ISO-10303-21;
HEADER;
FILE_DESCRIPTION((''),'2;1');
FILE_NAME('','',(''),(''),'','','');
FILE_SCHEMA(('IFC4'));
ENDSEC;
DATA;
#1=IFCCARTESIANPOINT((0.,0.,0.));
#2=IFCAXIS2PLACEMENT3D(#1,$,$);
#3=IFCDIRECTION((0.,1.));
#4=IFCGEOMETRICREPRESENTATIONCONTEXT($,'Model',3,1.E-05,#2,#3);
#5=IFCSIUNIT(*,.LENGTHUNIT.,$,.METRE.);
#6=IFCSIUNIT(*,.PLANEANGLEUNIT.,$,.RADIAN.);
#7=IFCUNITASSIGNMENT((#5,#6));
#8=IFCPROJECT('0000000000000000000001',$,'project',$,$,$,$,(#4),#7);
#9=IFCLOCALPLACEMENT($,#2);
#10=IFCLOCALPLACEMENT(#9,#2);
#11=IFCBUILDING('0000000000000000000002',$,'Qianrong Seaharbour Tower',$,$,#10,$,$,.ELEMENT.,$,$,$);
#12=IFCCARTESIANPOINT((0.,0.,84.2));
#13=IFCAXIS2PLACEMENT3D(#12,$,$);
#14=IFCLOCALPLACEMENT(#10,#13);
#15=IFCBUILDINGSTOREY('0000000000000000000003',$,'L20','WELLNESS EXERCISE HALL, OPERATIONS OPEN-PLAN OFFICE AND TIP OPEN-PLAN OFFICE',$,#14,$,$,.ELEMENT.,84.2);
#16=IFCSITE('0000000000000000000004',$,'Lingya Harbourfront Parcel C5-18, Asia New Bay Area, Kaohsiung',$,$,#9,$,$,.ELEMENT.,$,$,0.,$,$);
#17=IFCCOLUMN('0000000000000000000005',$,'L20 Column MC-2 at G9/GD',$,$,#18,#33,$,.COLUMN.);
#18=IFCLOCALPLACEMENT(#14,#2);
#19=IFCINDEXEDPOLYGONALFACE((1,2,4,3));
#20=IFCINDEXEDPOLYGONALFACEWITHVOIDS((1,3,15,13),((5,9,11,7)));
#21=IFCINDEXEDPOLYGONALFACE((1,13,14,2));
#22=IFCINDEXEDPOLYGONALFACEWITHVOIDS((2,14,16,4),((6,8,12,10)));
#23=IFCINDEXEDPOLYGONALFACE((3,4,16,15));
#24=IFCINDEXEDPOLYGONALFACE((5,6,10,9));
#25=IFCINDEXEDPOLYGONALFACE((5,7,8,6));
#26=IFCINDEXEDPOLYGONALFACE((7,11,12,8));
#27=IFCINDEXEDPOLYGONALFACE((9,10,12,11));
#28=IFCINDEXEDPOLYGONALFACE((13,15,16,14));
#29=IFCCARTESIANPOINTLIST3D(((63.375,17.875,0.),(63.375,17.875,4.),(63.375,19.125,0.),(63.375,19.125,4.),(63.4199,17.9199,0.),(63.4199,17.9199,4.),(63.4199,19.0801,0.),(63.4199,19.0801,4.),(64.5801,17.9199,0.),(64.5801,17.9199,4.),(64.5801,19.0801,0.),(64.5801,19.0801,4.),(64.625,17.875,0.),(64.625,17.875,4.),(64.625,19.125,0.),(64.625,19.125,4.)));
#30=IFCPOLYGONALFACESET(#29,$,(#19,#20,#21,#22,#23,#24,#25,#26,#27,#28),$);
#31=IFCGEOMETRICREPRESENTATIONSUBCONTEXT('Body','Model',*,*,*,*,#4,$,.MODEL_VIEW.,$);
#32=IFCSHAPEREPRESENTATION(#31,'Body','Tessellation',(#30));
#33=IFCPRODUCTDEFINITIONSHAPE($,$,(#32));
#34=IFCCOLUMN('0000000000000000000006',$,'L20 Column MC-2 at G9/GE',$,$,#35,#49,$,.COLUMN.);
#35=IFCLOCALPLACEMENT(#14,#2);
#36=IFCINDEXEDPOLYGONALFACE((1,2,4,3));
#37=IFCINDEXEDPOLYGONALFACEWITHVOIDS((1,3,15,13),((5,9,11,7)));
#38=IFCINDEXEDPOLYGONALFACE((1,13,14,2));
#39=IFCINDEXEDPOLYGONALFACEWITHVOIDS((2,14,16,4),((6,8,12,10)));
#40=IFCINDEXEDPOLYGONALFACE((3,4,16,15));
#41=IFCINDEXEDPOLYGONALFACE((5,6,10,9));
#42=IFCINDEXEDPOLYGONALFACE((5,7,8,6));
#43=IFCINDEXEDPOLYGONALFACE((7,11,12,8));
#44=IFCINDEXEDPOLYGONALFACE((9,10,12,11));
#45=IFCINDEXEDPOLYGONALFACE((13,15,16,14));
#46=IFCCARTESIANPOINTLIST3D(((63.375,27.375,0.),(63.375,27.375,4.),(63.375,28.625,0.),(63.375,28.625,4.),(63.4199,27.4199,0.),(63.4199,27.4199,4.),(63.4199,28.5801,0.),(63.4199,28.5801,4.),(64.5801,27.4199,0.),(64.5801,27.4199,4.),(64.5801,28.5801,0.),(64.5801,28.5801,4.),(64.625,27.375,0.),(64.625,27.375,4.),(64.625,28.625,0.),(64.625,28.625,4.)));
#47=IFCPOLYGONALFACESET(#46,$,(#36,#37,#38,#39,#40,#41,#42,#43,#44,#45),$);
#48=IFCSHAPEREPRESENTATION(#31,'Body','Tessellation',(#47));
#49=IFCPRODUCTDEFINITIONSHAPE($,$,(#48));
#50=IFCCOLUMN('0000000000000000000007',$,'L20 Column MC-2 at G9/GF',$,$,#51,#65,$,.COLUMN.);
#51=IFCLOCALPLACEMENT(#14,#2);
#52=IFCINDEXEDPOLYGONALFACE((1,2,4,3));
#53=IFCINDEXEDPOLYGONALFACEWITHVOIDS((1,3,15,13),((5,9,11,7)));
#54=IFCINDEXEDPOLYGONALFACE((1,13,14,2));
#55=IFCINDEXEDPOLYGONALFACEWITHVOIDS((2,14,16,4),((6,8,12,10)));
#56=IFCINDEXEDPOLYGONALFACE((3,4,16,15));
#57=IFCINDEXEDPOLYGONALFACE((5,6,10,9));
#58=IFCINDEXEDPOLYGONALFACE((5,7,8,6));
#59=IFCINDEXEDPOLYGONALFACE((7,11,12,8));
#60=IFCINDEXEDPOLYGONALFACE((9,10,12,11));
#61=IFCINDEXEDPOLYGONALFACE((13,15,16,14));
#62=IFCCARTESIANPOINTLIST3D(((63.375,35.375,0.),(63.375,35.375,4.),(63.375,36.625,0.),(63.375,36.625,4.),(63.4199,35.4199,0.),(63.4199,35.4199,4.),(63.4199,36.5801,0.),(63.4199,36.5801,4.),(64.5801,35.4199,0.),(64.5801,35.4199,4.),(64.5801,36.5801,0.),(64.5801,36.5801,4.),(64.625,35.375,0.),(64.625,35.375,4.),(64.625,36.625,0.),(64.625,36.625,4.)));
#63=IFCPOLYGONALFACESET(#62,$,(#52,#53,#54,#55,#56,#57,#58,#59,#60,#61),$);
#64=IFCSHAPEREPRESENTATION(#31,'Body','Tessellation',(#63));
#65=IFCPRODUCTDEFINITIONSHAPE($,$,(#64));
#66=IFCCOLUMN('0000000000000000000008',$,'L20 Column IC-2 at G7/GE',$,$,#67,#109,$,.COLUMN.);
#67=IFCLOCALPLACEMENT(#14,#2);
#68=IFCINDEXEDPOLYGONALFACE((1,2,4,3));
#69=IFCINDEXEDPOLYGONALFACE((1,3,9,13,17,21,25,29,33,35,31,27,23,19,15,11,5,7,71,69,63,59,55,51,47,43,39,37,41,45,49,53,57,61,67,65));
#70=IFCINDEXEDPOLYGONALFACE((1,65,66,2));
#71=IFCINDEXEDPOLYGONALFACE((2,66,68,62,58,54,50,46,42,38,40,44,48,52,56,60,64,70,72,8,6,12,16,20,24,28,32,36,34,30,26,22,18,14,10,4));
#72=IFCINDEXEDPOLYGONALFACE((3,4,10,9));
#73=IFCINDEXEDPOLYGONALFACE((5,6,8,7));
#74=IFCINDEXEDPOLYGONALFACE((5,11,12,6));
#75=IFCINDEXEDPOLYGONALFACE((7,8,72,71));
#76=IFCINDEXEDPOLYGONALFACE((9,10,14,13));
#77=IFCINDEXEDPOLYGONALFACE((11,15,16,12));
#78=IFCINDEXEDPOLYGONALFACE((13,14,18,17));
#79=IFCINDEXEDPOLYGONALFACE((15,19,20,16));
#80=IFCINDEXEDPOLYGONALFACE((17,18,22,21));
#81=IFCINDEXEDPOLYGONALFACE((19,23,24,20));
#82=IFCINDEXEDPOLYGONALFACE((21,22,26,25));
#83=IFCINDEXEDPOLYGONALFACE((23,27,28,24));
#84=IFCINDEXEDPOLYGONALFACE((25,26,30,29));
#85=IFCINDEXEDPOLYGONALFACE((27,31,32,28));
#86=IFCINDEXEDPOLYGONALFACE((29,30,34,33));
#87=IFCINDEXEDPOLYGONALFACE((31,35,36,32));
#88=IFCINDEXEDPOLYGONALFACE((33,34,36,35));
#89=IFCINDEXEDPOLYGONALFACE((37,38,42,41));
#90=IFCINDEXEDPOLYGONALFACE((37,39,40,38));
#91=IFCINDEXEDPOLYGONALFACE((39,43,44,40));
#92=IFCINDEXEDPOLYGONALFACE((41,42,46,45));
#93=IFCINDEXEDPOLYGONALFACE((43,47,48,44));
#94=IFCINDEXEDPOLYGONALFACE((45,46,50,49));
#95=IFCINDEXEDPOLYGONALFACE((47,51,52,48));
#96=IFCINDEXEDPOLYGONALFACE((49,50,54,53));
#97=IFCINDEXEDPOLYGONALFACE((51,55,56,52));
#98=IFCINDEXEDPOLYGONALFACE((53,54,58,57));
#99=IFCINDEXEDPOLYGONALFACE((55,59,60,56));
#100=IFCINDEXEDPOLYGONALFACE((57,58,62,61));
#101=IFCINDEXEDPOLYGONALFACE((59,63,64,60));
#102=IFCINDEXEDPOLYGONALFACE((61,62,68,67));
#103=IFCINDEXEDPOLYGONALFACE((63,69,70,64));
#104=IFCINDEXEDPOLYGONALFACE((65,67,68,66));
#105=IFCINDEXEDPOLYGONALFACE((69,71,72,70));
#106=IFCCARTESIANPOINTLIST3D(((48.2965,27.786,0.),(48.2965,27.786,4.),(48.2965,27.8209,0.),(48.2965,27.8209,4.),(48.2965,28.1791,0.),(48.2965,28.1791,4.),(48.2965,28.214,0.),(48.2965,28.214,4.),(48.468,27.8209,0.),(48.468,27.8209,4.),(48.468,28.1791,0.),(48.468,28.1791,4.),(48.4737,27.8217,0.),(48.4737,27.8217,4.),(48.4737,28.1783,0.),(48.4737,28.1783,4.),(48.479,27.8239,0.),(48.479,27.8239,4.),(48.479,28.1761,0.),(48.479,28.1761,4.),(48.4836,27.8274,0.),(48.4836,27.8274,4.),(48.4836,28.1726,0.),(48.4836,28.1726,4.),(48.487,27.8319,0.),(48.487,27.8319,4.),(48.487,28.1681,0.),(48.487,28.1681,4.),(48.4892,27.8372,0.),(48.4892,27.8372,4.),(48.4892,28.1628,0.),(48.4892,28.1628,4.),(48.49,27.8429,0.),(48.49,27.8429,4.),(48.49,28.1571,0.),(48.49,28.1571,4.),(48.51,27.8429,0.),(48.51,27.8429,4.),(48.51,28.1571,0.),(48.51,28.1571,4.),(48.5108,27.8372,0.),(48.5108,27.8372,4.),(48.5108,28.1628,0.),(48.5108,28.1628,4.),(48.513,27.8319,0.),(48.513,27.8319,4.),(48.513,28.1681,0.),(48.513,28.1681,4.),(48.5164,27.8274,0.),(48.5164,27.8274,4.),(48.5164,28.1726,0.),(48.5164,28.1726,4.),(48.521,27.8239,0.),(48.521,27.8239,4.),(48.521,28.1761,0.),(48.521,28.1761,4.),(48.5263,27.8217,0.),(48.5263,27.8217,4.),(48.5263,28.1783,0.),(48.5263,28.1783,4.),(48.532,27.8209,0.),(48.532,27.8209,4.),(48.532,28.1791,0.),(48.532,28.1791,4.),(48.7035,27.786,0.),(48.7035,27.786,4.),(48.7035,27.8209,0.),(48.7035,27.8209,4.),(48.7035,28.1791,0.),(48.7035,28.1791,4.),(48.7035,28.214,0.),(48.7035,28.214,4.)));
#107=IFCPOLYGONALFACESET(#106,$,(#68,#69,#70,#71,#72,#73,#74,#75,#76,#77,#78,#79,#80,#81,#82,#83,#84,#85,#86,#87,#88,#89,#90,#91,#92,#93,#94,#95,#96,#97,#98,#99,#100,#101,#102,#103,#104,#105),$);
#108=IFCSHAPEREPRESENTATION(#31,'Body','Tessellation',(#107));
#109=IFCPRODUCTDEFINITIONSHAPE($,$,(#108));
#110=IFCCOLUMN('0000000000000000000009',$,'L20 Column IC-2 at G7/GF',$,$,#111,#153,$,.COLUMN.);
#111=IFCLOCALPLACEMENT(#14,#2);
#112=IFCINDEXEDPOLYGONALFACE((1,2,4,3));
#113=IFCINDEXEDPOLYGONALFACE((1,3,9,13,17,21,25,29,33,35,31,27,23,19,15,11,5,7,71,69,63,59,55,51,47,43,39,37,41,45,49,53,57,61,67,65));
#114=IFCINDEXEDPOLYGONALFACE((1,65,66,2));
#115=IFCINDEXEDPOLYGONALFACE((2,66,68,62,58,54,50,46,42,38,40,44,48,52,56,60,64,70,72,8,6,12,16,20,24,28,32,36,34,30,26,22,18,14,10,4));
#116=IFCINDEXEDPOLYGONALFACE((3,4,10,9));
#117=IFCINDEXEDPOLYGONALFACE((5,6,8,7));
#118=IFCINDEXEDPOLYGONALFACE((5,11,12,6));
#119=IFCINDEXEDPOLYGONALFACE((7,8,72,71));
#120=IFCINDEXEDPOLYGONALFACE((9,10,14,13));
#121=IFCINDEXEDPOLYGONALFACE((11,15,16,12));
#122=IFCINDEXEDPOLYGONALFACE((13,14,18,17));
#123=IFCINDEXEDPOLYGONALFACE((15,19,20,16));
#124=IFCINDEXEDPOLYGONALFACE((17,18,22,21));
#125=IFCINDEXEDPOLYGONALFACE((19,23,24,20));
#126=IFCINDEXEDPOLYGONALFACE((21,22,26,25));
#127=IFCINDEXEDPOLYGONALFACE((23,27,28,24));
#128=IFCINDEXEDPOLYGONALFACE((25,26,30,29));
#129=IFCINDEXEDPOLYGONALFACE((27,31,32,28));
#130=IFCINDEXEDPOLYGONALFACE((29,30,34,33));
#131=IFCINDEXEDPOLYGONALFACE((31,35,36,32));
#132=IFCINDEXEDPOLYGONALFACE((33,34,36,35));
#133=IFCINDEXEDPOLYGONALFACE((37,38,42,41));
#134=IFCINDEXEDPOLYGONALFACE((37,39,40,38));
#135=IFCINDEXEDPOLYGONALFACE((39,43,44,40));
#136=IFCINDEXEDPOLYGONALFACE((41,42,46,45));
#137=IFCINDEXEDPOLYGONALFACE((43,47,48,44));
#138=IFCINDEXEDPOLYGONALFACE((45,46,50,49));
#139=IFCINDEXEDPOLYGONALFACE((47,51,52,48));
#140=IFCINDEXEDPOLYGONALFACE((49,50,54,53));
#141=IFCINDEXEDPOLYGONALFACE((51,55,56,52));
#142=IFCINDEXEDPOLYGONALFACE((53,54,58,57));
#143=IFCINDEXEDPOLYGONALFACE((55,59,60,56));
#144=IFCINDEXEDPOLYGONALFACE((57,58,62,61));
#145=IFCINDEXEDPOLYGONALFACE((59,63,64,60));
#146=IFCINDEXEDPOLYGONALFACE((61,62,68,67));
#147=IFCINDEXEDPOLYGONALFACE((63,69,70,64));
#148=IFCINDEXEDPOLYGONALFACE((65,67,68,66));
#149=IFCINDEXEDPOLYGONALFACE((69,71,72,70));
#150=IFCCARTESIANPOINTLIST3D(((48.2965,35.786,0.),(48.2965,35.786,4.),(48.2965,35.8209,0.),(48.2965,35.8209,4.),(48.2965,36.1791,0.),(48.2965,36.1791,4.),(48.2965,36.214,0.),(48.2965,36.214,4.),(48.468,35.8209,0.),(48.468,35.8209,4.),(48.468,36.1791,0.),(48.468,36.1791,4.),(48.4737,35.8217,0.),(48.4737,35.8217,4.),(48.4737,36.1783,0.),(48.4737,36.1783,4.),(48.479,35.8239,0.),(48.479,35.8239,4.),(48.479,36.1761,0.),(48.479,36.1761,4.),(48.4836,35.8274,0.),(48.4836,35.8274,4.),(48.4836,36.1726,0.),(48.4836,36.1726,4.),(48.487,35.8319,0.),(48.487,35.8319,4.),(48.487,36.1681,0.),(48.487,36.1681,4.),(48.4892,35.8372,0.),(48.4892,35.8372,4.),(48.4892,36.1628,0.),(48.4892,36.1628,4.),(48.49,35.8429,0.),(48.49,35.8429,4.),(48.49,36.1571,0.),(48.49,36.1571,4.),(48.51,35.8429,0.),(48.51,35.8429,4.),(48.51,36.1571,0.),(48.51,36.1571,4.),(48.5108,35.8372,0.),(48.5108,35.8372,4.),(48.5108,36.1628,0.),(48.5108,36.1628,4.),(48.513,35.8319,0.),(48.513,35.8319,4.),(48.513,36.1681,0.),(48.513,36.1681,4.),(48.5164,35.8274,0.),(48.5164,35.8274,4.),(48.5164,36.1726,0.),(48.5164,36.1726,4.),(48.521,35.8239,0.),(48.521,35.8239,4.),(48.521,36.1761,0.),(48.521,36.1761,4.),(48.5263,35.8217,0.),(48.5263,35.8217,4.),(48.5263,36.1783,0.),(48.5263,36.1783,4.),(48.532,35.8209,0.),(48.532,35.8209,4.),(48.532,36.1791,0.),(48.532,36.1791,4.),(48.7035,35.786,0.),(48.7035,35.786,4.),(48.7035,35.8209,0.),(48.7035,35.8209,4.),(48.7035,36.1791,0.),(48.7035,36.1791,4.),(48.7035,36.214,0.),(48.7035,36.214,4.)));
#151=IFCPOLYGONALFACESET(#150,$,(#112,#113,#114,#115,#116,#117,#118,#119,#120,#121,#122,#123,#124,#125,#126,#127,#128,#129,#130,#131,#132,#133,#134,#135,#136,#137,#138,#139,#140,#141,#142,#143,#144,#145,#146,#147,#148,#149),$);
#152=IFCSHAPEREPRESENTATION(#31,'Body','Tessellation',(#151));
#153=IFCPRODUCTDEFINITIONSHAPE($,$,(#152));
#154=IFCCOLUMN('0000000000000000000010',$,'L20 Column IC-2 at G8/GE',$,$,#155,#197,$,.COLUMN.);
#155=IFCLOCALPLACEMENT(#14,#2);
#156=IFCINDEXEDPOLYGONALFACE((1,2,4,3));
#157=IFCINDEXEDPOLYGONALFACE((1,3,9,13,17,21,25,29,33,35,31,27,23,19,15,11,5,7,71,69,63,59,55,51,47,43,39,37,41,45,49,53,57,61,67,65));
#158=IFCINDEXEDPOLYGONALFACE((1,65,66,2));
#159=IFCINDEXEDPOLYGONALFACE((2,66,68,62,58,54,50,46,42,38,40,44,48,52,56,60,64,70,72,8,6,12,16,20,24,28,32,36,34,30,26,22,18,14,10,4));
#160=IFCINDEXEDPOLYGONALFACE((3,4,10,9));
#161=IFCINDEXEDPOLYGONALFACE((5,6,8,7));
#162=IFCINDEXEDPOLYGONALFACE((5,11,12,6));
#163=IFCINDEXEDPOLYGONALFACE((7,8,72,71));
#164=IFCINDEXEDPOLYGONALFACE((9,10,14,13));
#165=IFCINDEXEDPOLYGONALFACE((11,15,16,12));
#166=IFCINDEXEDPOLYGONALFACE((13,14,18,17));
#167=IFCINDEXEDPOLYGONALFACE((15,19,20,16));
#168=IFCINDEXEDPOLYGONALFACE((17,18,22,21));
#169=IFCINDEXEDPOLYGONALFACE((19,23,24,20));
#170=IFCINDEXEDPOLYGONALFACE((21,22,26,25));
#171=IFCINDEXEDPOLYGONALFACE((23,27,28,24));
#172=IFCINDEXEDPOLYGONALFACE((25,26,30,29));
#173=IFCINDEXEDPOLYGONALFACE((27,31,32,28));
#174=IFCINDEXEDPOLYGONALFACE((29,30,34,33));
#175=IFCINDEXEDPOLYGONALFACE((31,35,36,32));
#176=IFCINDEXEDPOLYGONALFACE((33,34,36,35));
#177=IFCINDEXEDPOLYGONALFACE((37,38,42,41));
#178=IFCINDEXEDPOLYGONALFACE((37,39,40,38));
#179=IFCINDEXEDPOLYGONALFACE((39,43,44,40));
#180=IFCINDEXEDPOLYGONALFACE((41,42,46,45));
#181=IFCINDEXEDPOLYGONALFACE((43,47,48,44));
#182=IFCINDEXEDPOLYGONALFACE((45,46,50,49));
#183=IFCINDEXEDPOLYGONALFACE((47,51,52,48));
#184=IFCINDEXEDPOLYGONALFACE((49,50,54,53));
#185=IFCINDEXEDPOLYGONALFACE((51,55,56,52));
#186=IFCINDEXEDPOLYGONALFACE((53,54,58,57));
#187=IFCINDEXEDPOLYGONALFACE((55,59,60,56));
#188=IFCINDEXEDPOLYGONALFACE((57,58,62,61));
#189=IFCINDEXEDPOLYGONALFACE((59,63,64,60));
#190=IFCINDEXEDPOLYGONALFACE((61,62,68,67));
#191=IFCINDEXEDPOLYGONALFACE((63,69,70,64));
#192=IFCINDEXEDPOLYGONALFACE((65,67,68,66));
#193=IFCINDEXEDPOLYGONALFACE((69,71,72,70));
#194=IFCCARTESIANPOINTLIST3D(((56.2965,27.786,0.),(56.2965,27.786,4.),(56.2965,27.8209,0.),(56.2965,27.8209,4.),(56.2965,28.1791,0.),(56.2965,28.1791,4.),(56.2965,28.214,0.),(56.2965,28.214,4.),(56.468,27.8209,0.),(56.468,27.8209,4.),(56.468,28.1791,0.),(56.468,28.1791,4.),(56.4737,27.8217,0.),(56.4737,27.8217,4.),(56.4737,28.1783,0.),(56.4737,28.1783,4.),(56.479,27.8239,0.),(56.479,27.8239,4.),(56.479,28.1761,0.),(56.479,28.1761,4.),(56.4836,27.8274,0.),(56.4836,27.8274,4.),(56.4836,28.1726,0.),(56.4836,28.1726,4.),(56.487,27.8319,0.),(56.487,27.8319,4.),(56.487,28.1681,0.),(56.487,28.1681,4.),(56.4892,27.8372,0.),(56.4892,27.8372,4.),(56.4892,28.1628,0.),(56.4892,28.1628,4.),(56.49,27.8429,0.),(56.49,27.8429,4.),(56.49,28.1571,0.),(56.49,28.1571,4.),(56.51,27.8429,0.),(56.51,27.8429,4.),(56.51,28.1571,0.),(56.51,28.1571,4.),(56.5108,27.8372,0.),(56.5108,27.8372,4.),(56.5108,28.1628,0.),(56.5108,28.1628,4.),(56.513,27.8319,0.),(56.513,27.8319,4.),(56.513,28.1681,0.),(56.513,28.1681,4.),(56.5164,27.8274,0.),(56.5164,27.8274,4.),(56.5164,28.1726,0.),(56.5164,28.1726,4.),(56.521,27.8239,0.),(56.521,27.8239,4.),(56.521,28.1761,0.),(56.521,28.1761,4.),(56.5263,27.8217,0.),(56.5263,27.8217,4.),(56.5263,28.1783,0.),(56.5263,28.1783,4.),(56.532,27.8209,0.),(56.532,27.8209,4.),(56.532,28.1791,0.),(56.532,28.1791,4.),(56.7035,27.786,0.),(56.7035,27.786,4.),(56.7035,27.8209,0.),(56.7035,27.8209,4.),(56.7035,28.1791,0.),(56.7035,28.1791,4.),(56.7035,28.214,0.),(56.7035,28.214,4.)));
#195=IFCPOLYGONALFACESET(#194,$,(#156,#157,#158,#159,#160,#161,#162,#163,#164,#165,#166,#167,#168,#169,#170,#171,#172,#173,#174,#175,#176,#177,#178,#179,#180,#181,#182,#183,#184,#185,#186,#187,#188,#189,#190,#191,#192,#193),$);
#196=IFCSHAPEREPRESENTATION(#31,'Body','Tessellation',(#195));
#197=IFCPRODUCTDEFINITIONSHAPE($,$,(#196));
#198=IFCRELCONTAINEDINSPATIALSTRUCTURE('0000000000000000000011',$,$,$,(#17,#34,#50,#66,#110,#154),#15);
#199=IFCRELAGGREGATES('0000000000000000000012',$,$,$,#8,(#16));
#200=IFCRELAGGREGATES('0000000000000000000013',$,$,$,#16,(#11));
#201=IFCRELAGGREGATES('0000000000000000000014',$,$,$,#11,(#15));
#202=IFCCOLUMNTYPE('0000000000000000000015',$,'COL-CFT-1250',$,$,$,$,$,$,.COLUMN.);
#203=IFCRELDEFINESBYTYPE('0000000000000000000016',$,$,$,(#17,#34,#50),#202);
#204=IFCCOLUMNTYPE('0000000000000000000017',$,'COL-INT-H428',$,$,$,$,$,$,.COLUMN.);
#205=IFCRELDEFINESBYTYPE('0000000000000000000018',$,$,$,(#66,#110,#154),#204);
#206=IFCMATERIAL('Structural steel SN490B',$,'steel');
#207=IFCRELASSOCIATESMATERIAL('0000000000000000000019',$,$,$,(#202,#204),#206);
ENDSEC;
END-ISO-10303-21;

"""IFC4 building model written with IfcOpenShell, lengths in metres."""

from ifc_helpers import new_model, si_unit, direction, frame, origin, origin_2d, place, context, subcontext, project, spatial, hollow_rectangle, i_section, extrude, material, material_profile, profile_set, type_object, element, save


model = new_model("IFC4")

# Units and contexts
model_context = context("Model", 3, precision=1e-05, world=origin(), true_north=direction((0.0, 1.0)))
body_context = subcontext(model_context, "Body", "Model", "MODEL_VIEW")
ifc_project = project(units=[si_unit("LENGTHUNIT", "METRE"), si_unit("PLANEANGLEUNIT", "RADIAN")], contexts=[model_context])

# Site, building, storey
site_placement = place(None, origin())
site = spatial("IfcSite", under=ifc_project, at=site_placement, Name="Lingya Harbourfront Parcel C5-18, Asia New Bay Area, Kaohsiung", CompositionType="ELEMENT", RefElevation=0.0)
building_placement = place(site_placement, origin())
building = spatial("IfcBuilding", under=site, at=building_placement, Name="Qianrong Seaharbour Tower", CompositionType="ELEMENT")
storey_placement = place(building_placement, frame((0.0, 0.0, 84.2)))
storey = spatial("IfcBuildingStorey", under=building, at=storey_placement, Name="L20", Description="WELLNESS EXERCISE HALL, OPERATIONS OPEN-PLAN OFFICE AND TIP OPEN-PLAN OFFICE", CompositionType="ELEMENT", Elevation=84.2)

# Columns
ifc_material_1 = material(Name="Structural steel SN490B", Category="steel")
ifc_material_profile_1 = material_profile(ifc_material_1, hollow_rectangle(XDim=1.25, YDim=1.25, WallThickness=0.0449, at=origin_2d()), Name="BOX1250x1250x45")
ifc_profile_set_1 = profile_set([ifc_material_profile_1], Name="Structural steel SN490B")
column_type_1 = type_object("IfcColumnType", Name="COL-CFT-1250", PredefinedType="COLUMN", material=ifc_profile_set_1)
for number, where, z_axis, x_axis, name in (
    (1, (64.0, 18.5, 0.0), (0.0, 0.0, 1.0), (1.0, 0.0, 0.0), "L20 Column MC-2 at G9/GD"),
    (2, (64.0, 28.0, 0.0), (0.0, 0.0, 1.0), (1.0, 0.0, 0.0), "L20 Column MC-2 at G9/GE"),
    (3, (64.0, 36.0, 0.0), (0.0, 0.0, 1.0), (1.0, 0.0, 0.0), "L20 Column MC-2 at G9/GF"),
):
    element("IfcColumn", number, at=place(storey_placement, frame(where, z_axis=z_axis, x_axis=x_axis)), inside=storey, type_object=column_type_1, Name=name, PredefinedType="COLUMN", context=body_context, shape_type="SweptSolid", body=[
        extrude(hollow_rectangle(XDim=1.25, YDim=1.25, WallThickness=0.0449, at=origin_2d()), origin(), (0.0, 0.0, 1.0), 4.0),
    ])
ifc_material_profile_2 = material_profile(ifc_material_1, i_section(OverallWidth=0.407, OverallDepth=0.428, WebThickness=0.02, FlangeThickness=0.0349, FilletRadius=0.022, at=origin_2d()), Name="H428x407x20x35")
ifc_profile_set_2 = profile_set([ifc_material_profile_2], Name="Structural steel SN490B")
column_type_2 = type_object("IfcColumnType", Name="COL-INT-H428", PredefinedType="COLUMN", material=ifc_profile_set_2)
for number, where, z_axis, x_axis, name in (
    (4, (48.5, 28.0, 0.0), (0.0, 0.0, 1.0), (1.0, 0.0, 0.0), "L20 Column IC-2 at G7/GE"),
    (5, (48.5, 36.0, 0.0), (0.0, 0.0, 1.0), (1.0, 0.0, 0.0), "L20 Column IC-2 at G7/GF"),
    (6, (56.5, 28.0, 0.0), (0.0, 0.0, 1.0), (1.0, 0.0, 0.0), "L20 Column IC-2 at G8/GE"),
):
    element("IfcColumn", number, at=place(storey_placement, frame(where, z_axis=z_axis, x_axis=x_axis)), inside=storey, type_object=column_type_2, Name=name, PredefinedType="COLUMN", context=body_context, shape_type="SweptSolid", body=[
        extrude(i_section(OverallWidth=0.407, OverallDepth=0.428, WebThickness=0.02, FlangeThickness=0.0349, FilletRadius=0.022, at=origin_2d()), origin(), (0.0, 0.0, 1.0), 4.0),
    ])

save(model, "model.ifc")
